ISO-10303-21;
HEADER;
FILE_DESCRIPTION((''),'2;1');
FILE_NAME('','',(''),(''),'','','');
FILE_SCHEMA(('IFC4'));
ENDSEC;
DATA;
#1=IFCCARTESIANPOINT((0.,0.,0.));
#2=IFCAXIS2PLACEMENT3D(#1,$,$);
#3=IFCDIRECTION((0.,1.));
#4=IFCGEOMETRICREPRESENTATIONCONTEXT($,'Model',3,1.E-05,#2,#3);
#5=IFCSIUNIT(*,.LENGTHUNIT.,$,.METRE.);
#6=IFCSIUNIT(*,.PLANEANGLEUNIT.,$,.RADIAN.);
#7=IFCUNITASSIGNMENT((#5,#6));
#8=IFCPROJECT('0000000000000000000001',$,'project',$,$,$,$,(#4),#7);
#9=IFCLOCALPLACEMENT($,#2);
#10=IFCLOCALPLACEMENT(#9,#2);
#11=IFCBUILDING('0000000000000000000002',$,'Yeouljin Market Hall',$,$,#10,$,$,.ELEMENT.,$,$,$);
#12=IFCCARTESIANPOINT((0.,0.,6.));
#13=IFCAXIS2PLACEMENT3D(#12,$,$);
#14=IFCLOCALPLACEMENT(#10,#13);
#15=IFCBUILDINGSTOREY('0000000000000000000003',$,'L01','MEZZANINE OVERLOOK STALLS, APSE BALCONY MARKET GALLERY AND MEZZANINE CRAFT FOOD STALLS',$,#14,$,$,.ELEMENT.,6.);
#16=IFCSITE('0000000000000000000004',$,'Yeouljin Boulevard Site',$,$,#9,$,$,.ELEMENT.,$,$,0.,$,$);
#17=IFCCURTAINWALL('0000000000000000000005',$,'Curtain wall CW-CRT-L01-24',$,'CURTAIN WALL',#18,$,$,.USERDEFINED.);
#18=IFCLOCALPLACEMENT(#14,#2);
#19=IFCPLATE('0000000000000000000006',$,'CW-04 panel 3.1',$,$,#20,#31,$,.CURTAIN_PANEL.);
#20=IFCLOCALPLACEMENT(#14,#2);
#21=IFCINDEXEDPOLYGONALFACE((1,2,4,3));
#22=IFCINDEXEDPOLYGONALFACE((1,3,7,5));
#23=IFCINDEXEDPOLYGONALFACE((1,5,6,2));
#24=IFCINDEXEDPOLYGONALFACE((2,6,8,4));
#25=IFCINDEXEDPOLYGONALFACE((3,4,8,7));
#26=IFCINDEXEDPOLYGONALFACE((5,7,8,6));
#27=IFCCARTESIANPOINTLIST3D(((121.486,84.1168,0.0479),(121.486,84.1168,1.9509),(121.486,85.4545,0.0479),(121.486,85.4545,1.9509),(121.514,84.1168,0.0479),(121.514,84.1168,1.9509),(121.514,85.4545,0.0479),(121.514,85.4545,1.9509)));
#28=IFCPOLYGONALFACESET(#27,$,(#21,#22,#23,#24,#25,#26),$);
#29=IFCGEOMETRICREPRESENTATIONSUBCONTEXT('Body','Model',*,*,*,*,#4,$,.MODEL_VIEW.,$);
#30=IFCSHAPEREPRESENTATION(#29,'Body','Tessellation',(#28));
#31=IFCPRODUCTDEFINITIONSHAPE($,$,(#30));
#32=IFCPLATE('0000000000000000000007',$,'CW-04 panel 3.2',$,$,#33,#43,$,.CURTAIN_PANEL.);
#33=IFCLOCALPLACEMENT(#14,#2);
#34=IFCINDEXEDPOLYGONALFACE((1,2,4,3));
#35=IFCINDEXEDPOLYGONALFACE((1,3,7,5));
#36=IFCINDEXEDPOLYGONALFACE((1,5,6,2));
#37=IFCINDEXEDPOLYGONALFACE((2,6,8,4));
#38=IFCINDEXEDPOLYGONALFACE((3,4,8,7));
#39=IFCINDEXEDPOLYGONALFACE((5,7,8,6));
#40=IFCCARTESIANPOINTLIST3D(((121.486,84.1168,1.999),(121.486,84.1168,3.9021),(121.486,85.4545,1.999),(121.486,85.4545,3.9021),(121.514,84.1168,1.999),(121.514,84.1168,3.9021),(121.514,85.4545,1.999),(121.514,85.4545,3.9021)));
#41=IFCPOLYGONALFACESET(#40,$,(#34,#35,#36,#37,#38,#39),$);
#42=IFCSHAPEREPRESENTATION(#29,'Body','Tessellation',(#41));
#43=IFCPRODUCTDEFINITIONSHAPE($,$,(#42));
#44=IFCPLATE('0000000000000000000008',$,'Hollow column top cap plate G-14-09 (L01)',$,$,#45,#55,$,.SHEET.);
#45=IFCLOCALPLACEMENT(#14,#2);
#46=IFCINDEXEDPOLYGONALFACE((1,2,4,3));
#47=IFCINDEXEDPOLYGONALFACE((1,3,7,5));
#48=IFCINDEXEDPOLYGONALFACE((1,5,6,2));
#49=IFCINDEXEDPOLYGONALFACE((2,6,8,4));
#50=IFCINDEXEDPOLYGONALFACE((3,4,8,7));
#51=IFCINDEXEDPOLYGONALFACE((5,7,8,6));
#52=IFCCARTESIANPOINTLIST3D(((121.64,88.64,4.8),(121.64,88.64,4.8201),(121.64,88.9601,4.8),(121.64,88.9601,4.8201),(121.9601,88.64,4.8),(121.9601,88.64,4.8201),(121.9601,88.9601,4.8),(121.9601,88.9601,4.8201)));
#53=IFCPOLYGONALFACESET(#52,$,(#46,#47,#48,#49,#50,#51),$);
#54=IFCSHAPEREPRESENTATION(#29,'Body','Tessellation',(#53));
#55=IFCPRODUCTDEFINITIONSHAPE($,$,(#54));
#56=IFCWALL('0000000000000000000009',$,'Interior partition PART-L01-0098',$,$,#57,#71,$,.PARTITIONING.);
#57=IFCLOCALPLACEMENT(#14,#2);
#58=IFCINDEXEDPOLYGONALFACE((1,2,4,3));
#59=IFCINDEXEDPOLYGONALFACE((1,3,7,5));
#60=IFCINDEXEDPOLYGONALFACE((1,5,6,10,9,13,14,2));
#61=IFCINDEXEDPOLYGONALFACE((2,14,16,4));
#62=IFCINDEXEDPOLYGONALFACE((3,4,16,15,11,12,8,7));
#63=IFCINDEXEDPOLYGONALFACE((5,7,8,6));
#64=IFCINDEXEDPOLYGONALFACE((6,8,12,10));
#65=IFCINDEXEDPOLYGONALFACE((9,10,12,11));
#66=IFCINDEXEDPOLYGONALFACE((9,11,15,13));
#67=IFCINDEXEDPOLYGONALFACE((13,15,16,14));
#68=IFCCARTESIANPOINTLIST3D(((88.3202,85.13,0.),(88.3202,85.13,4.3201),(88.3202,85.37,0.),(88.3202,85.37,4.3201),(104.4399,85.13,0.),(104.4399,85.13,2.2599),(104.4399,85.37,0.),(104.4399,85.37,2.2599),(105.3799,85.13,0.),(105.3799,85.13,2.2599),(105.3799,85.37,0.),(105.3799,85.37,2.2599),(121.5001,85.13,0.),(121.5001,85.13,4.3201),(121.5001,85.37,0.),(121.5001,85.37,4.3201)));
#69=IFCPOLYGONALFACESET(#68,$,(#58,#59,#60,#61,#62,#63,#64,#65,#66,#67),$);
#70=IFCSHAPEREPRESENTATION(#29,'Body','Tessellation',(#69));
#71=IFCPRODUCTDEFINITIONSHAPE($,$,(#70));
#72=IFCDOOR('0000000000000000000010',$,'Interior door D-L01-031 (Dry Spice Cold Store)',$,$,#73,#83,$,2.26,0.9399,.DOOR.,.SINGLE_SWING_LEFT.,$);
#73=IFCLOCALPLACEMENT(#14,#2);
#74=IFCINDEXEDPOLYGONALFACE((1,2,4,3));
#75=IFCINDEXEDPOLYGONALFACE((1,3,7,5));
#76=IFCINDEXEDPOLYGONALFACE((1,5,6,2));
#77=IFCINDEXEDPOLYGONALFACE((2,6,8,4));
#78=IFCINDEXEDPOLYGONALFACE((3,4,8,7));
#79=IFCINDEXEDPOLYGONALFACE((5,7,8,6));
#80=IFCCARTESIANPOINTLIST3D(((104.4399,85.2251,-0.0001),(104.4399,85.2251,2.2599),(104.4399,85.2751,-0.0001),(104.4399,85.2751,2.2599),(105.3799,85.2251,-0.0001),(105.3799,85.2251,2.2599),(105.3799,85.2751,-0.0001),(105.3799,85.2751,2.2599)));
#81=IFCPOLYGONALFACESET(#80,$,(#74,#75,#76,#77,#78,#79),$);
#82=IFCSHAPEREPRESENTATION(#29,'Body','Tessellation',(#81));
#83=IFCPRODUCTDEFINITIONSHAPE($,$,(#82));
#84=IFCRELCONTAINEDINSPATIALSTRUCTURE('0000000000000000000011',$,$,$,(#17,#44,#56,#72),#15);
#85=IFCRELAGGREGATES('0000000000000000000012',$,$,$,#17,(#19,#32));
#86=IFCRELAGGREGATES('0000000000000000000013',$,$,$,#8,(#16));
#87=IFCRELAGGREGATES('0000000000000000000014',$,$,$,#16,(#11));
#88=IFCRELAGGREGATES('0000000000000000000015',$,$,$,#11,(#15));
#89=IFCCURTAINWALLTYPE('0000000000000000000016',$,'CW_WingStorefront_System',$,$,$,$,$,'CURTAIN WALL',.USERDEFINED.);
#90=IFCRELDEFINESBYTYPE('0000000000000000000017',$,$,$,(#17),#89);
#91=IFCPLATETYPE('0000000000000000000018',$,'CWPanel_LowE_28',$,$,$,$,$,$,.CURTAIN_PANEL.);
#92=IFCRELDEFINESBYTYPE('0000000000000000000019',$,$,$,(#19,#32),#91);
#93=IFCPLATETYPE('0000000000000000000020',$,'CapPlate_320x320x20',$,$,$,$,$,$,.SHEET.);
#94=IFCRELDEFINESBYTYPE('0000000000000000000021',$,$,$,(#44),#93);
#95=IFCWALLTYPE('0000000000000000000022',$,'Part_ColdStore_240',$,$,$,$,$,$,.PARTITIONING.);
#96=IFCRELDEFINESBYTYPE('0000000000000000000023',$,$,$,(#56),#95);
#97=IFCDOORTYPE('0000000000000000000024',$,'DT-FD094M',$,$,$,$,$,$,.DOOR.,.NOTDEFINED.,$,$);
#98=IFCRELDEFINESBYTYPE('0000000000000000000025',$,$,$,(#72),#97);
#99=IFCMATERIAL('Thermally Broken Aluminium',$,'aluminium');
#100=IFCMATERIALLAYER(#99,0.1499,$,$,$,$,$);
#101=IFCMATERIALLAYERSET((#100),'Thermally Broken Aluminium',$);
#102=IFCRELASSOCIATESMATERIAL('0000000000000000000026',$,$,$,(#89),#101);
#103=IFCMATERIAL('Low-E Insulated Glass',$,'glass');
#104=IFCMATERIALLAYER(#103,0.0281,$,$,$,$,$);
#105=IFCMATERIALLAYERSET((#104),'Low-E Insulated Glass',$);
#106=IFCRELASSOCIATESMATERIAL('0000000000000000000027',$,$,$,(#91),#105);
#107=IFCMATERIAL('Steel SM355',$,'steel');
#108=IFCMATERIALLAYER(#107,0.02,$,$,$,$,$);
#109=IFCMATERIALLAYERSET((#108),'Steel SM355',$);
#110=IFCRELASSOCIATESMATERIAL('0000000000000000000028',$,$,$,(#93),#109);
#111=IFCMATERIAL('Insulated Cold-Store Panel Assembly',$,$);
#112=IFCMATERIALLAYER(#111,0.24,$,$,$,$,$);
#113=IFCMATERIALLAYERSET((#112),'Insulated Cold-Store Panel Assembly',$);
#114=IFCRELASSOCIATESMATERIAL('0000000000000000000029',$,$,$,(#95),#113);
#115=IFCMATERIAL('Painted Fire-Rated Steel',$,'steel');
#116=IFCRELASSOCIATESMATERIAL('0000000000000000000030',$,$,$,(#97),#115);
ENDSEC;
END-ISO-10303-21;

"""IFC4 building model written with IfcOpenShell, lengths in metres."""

from ifc_helpers import new_model, si_unit, direction, frame, frame_2d, origin, origin_2d, place, context, subcontext, project, spatial, rectangle, extrude, material, layer, layer_set, type_object, element, fill, aggregate, save


model = new_model("IFC4")

# Units and contexts
model_context = context("Model", 3, precision=1e-05, world=origin(), true_north=direction((0.0, 1.0)))
body_context = subcontext(model_context, "Body", "Model", "MODEL_VIEW")
ifc_project = project(units=[si_unit("LENGTHUNIT", "METRE"), si_unit("PLANEANGLEUNIT", "RADIAN")], contexts=[model_context])

# Site, building, storey
site_placement = place(None, origin())
site = spatial("IfcSite", under=ifc_project, at=site_placement, Name="Yeouljin Boulevard Site", CompositionType="ELEMENT", RefElevation=0.0)
building_placement = place(site_placement, origin())
building = spatial("IfcBuilding", under=site, at=building_placement, Name="Yeouljin Market Hall", CompositionType="ELEMENT")
storey_placement = place(building_placement, frame((0.0, 0.0, 6.0)))
storey = spatial("IfcBuildingStorey", under=building, at=storey_placement, Name="L01", Description="MEZZANINE OVERLOOK STALLS, APSE BALCONY MARKET GALLERY AND MEZZANINE CRAFT FOOD STALLS", CompositionType="ELEMENT", Elevation=6.0)

# Curtain wall, plates
ifc_material_1 = material(Name="Thermally Broken Aluminium", Category="aluminium")
ifc_layer_1 = layer(ifc_material_1, 0.1499)
ifc_layer_set_1 = layer_set([ifc_layer_1], Name="Thermally Broken Aluminium")
curtain_wall_type = type_object("IfcCurtainWallType", Name="CW_WingStorefront_System", ElementType="CURTAIN WALL", PredefinedType="USERDEFINED", material=ifc_layer_set_1)
curtain_wall_placement = place(storey_placement, origin())
curtain_wall = element("IfcCurtainWall", 1, at=curtain_wall_placement, inside=storey, type_object=curtain_wall_type, Name="Curtain wall CW-CRT-L01-24", ObjectType="CURTAIN WALL", PredefinedType="USERDEFINED")
ifc_material_2 = material(Name="Low-E Insulated Glass", Category="glass")
ifc_layer_2 = layer(ifc_material_2, 0.0281)
ifc_layer_set_2 = layer_set([ifc_layer_2], Name="Low-E Insulated Glass")
plate_type_1 = type_object("IfcPlateType", Name="CWPanel_LowE_28", PredefinedType="CURTAIN_PANEL", material=ifc_layer_set_2)
plate_1_placement = place(storey_placement, frame((121.5, 84.7856, 0.0479), z_axis=(0.0, 0.0, 1.0), x_axis=(0.0, -1.0, 0.0)))
plate_1 = element("IfcPlate", 2, at=plate_1_placement, type_object=plate_type_1, Name="CW-04 panel 3.1", PredefinedType="CURTAIN_PANEL", context=body_context, shape_type="SweptSolid", body=[
    extrude(rectangle(XDim=1.3376, YDim=0.0281, at=origin_2d()), origin(), (0.0, 0.0, 1.0), 1.9031),
])
plate_2_placement = place(storey_placement, frame((121.5, 84.7856, 1.999), z_axis=(0.0, 0.0, 1.0), x_axis=(0.0, -1.0, 0.0)))
plate_2 = element("IfcPlate", 3, at=plate_2_placement, type_object=plate_type_1, Name="CW-04 panel 3.2", PredefinedType="CURTAIN_PANEL", context=body_context, shape_type="SweptSolid", body=[
    extrude(rectangle(XDim=1.3376, YDim=0.0281, at=origin_2d()), origin(), (0.0, 0.0, 1.0), 1.9031),
])
aggregate(curtain_wall, [plate_1, plate_2])

# Plate
ifc_material_3 = material(Name="Steel SM355", Category="steel")
ifc_layer_3 = layer(ifc_material_3, 0.02)
ifc_layer_set_3 = layer_set([ifc_layer_3], Name="Steel SM355")
plate_type_2 = type_object("IfcPlateType", Name="CapPlate_320x320x20", PredefinedType="SHEET", material=ifc_layer_set_3)
plate_3_placement = place(storey_placement, frame((121.8, 88.8, 4.8), z_axis=(0.0, 0.0, 1.0), x_axis=(1.0, 0.0, 0.0)))
element("IfcPlate", 4, at=plate_3_placement, inside=storey, type_object=plate_type_2, Name="Hollow column top cap plate G-14-09 (L01)", PredefinedType="SHEET", context=body_context, shape_type="SweptSolid", body=[
    extrude(rectangle(XDim=0.3201, YDim=0.3201, at=origin_2d()), origin(), (0.0, 0.0, 1.0), 0.02),
])

# Wall, opening, door
ifc_material_4 = material(Name="Insulated Cold-Store Panel Assembly")
ifc_layer_4 = layer(ifc_material_4, 0.24)
ifc_layer_set_4 = layer_set([ifc_layer_4], Name="Insulated Cold-Store Panel Assembly")
wall_type = type_object("IfcWallType", Name="Part_ColdStore_240", PredefinedType="PARTITIONING", material=ifc_layer_set_4)
wall_placement = place(storey_placement, frame((121.5, 85.25, 0.0), z_axis=(0.0, 0.0, 1.0), x_axis=(-1.0, 0.0, 0.0)))
wall = element("IfcWall", 5, at=wall_placement, inside=storey, type_object=wall_type, Name="Interior partition PART-L01-0098", PredefinedType="PARTITIONING", context=body_context, shape_type="SweptSolid", body=[
    extrude(rectangle(XDim=33.1799, YDim=0.24, at=frame_2d((16.5898, 0.0))), origin(), (0.0, 0.0, 1.0), 4.3201),
])
opening_placement = place(wall_placement, frame((16.1201, 0.0, 0.0)))
opening = element("IfcOpeningElement", 6, at=opening_placement, cuts=wall, PredefinedType="OPENING", context=body_context, shape_type="SweptSolid", body=[
    extrude(rectangle(XDim=0.9399, YDim=2.26, at=frame_2d((0.47, 1.1299))), frame((0.0, 0.1299, 0.0), z_axis=(0.0, -1.0, 0.0), x_axis=(1.0, 0.0, 0.0)), (0.0, 0.0, 1.0), 0.26),
])
ifc_material_5 = material(Name="Painted Fire-Rated Steel", Category="steel")
door_type = type_object("IfcDoorType", Name="DT-FD094M", OperationType="NOTDEFINED", PredefinedType="DOOR", material=ifc_material_5)
door_placement = place(opening_placement, origin())
door = element("IfcDoor", 7, at=door_placement, inside=storey, type_object=door_type, Name="Interior door D-L01-031 (Dry Spice Cold Store)", OperationType="SINGLE_SWING_LEFT", OverallHeight=2.26, OverallWidth=0.9399, PredefinedType="DOOR", context=body_context, shape_type="SweptSolid", body=[
    extrude(rectangle(XDim=0.9399, YDim=2.26, at=frame_2d((0.47, 1.1299))), frame((0.0, 0.0249, 0.0), z_axis=(0.0, -1.0, 0.0), x_axis=(1.0, 0.0, 0.0)), (0.0, 0.0, 1.0), 0.05),
])
fill(opening, door)

save(model, "model.ifc")
